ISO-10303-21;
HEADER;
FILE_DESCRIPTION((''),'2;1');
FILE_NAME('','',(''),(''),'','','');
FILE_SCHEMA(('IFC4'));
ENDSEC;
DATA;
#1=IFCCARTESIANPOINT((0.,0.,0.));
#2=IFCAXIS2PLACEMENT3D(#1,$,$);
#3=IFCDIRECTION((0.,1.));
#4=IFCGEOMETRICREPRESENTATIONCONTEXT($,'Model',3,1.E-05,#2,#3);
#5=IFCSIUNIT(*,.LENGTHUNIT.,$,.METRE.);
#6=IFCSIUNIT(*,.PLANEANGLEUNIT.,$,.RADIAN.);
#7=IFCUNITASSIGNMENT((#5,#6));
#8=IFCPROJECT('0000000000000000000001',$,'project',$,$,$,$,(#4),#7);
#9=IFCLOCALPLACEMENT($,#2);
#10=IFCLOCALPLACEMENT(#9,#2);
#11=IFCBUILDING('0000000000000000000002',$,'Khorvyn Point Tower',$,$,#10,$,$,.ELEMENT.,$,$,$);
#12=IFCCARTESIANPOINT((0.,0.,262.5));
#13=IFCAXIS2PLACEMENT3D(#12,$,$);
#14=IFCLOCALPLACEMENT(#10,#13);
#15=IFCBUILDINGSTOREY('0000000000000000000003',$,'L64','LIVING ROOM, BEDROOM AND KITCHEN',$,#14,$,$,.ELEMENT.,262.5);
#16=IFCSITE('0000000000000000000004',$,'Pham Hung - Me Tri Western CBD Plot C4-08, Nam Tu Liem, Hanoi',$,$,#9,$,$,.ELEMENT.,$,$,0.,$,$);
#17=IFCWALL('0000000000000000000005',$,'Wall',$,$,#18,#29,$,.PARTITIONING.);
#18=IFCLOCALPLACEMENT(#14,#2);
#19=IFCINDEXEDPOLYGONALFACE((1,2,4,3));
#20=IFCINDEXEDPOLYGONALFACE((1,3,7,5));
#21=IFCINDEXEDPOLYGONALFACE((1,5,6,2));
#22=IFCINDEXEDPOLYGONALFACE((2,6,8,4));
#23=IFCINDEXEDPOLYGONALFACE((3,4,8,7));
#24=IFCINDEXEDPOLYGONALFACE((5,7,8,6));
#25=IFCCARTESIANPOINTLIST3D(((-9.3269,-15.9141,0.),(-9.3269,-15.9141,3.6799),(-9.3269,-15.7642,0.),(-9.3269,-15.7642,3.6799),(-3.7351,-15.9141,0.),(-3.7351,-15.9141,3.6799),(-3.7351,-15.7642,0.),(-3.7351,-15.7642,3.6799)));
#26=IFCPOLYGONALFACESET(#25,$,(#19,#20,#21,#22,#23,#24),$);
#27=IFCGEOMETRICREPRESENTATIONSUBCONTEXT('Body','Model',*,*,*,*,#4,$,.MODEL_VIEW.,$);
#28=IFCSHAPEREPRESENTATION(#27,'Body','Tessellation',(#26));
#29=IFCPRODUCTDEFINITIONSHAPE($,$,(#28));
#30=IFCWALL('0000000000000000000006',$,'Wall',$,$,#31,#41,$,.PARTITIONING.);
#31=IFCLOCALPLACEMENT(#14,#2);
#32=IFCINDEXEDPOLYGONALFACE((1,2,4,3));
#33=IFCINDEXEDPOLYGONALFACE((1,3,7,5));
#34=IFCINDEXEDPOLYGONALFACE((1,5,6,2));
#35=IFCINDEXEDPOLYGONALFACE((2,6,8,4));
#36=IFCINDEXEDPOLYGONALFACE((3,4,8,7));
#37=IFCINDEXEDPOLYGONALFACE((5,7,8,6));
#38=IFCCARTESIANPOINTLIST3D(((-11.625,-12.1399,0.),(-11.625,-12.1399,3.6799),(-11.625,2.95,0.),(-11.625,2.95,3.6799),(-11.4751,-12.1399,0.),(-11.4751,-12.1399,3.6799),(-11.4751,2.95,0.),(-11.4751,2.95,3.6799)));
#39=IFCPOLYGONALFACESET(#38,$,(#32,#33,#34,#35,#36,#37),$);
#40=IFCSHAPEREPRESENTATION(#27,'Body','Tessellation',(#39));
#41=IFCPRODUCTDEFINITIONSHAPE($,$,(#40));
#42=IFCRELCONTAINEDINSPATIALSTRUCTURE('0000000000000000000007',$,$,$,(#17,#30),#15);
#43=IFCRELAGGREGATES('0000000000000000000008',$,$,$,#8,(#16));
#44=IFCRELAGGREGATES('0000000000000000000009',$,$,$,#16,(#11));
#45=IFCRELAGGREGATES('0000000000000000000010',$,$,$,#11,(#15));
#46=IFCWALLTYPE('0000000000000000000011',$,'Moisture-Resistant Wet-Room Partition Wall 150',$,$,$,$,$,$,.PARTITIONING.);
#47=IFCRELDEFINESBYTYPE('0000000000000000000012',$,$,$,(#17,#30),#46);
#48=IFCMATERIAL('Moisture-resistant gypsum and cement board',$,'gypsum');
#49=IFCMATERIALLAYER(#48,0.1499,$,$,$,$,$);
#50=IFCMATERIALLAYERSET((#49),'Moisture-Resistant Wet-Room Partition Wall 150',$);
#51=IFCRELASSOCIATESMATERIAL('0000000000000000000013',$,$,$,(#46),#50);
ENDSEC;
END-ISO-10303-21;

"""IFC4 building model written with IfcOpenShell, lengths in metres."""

from ifc_helpers import new_model, si_unit, direction, frame, frame_2d, origin, place, context, subcontext, project, spatial, rectangle, extrude, material, layer, layer_set, type_object, element, save


model = new_model("IFC4")

# Units and contexts
model_context = context("Model", 3, precision=1e-05, world=origin(), true_north=direction((0.0, 1.0)))
body_context = subcontext(model_context, "Body", "Model", "MODEL_VIEW")
ifc_project = project(units=[si_unit("LENGTHUNIT", "METRE"), si_unit("PLANEANGLEUNIT", "RADIAN")], contexts=[model_context])

# Site, building, storey
site_placement = place(None, origin())
site = spatial("IfcSite", under=ifc_project, at=site_placement, Name="Pham Hung - Me Tri Western CBD Plot C4-08, Nam Tu Liem, Hanoi", CompositionType="ELEMENT", RefElevation=0.0)
building_placement = place(site_placement, origin())
building = spatial("IfcBuilding", under=site, at=building_placement, Name="Khorvyn Point Tower", CompositionType="ELEMENT")
storey_placement = place(building_placement, frame((0.0, 0.0, 262.5)))
storey = spatial("IfcBuildingStorey", under=building, at=storey_placement, Name="L64", Description="LIVING ROOM, BEDROOM AND KITCHEN", CompositionType="ELEMENT", Elevation=262.5)

# Shared definitions
ifc_material_1 = material(Name="Moisture-resistant gypsum and cement board", Category="gypsum")
ifc_layer_1 = layer(ifc_material_1, 0.1499)
ifc_layer_set_1 = layer_set([ifc_layer_1], Name="Moisture-Resistant Wet-Room Partition Wall 150")
wall_type_1 = type_object("IfcWallType", Name="Moisture-Resistant Wet-Room Partition Wall 150", PredefinedType="PARTITIONING", material=ifc_layer_set_1)

# Walls
wall_1_placement = place(storey_placement, frame((-9.3269, -15.8391, 0.0), z_axis=(0.0, 0.0, 1.0), x_axis=(1.0, 0.0, 0.0)))
element("IfcWall", 1, at=wall_1_placement, inside=storey, type_object=wall_type_1, Name="Wall", PredefinedType="PARTITIONING", context=body_context, shape_type="SweptSolid", body=[
    extrude(rectangle(XDim=5.5918, YDim=0.1499, at=frame_2d((2.7959, 0.0))), origin(), (0.0, 0.0, 1.0), 3.6799),
])
wall_2_placement = place(storey_placement, frame((-11.55, -12.1399, 0.0), z_axis=(0.0, 0.0, 1.0), x_axis=(0.0, 1.0, 0.0)))
element("IfcWall", 2, at=wall_2_placement, inside=storey, type_object=wall_type_1, Name="Wall", PredefinedType="PARTITIONING", context=body_context, shape_type="SweptSolid", body=[
    extrude(rectangle(XDim=15.0898, YDim=0.1499, at=frame_2d((7.5449, 0.0))), origin(), (0.0, 0.0, 1.0), 3.6799),
])

save(model, "model.ifc")
